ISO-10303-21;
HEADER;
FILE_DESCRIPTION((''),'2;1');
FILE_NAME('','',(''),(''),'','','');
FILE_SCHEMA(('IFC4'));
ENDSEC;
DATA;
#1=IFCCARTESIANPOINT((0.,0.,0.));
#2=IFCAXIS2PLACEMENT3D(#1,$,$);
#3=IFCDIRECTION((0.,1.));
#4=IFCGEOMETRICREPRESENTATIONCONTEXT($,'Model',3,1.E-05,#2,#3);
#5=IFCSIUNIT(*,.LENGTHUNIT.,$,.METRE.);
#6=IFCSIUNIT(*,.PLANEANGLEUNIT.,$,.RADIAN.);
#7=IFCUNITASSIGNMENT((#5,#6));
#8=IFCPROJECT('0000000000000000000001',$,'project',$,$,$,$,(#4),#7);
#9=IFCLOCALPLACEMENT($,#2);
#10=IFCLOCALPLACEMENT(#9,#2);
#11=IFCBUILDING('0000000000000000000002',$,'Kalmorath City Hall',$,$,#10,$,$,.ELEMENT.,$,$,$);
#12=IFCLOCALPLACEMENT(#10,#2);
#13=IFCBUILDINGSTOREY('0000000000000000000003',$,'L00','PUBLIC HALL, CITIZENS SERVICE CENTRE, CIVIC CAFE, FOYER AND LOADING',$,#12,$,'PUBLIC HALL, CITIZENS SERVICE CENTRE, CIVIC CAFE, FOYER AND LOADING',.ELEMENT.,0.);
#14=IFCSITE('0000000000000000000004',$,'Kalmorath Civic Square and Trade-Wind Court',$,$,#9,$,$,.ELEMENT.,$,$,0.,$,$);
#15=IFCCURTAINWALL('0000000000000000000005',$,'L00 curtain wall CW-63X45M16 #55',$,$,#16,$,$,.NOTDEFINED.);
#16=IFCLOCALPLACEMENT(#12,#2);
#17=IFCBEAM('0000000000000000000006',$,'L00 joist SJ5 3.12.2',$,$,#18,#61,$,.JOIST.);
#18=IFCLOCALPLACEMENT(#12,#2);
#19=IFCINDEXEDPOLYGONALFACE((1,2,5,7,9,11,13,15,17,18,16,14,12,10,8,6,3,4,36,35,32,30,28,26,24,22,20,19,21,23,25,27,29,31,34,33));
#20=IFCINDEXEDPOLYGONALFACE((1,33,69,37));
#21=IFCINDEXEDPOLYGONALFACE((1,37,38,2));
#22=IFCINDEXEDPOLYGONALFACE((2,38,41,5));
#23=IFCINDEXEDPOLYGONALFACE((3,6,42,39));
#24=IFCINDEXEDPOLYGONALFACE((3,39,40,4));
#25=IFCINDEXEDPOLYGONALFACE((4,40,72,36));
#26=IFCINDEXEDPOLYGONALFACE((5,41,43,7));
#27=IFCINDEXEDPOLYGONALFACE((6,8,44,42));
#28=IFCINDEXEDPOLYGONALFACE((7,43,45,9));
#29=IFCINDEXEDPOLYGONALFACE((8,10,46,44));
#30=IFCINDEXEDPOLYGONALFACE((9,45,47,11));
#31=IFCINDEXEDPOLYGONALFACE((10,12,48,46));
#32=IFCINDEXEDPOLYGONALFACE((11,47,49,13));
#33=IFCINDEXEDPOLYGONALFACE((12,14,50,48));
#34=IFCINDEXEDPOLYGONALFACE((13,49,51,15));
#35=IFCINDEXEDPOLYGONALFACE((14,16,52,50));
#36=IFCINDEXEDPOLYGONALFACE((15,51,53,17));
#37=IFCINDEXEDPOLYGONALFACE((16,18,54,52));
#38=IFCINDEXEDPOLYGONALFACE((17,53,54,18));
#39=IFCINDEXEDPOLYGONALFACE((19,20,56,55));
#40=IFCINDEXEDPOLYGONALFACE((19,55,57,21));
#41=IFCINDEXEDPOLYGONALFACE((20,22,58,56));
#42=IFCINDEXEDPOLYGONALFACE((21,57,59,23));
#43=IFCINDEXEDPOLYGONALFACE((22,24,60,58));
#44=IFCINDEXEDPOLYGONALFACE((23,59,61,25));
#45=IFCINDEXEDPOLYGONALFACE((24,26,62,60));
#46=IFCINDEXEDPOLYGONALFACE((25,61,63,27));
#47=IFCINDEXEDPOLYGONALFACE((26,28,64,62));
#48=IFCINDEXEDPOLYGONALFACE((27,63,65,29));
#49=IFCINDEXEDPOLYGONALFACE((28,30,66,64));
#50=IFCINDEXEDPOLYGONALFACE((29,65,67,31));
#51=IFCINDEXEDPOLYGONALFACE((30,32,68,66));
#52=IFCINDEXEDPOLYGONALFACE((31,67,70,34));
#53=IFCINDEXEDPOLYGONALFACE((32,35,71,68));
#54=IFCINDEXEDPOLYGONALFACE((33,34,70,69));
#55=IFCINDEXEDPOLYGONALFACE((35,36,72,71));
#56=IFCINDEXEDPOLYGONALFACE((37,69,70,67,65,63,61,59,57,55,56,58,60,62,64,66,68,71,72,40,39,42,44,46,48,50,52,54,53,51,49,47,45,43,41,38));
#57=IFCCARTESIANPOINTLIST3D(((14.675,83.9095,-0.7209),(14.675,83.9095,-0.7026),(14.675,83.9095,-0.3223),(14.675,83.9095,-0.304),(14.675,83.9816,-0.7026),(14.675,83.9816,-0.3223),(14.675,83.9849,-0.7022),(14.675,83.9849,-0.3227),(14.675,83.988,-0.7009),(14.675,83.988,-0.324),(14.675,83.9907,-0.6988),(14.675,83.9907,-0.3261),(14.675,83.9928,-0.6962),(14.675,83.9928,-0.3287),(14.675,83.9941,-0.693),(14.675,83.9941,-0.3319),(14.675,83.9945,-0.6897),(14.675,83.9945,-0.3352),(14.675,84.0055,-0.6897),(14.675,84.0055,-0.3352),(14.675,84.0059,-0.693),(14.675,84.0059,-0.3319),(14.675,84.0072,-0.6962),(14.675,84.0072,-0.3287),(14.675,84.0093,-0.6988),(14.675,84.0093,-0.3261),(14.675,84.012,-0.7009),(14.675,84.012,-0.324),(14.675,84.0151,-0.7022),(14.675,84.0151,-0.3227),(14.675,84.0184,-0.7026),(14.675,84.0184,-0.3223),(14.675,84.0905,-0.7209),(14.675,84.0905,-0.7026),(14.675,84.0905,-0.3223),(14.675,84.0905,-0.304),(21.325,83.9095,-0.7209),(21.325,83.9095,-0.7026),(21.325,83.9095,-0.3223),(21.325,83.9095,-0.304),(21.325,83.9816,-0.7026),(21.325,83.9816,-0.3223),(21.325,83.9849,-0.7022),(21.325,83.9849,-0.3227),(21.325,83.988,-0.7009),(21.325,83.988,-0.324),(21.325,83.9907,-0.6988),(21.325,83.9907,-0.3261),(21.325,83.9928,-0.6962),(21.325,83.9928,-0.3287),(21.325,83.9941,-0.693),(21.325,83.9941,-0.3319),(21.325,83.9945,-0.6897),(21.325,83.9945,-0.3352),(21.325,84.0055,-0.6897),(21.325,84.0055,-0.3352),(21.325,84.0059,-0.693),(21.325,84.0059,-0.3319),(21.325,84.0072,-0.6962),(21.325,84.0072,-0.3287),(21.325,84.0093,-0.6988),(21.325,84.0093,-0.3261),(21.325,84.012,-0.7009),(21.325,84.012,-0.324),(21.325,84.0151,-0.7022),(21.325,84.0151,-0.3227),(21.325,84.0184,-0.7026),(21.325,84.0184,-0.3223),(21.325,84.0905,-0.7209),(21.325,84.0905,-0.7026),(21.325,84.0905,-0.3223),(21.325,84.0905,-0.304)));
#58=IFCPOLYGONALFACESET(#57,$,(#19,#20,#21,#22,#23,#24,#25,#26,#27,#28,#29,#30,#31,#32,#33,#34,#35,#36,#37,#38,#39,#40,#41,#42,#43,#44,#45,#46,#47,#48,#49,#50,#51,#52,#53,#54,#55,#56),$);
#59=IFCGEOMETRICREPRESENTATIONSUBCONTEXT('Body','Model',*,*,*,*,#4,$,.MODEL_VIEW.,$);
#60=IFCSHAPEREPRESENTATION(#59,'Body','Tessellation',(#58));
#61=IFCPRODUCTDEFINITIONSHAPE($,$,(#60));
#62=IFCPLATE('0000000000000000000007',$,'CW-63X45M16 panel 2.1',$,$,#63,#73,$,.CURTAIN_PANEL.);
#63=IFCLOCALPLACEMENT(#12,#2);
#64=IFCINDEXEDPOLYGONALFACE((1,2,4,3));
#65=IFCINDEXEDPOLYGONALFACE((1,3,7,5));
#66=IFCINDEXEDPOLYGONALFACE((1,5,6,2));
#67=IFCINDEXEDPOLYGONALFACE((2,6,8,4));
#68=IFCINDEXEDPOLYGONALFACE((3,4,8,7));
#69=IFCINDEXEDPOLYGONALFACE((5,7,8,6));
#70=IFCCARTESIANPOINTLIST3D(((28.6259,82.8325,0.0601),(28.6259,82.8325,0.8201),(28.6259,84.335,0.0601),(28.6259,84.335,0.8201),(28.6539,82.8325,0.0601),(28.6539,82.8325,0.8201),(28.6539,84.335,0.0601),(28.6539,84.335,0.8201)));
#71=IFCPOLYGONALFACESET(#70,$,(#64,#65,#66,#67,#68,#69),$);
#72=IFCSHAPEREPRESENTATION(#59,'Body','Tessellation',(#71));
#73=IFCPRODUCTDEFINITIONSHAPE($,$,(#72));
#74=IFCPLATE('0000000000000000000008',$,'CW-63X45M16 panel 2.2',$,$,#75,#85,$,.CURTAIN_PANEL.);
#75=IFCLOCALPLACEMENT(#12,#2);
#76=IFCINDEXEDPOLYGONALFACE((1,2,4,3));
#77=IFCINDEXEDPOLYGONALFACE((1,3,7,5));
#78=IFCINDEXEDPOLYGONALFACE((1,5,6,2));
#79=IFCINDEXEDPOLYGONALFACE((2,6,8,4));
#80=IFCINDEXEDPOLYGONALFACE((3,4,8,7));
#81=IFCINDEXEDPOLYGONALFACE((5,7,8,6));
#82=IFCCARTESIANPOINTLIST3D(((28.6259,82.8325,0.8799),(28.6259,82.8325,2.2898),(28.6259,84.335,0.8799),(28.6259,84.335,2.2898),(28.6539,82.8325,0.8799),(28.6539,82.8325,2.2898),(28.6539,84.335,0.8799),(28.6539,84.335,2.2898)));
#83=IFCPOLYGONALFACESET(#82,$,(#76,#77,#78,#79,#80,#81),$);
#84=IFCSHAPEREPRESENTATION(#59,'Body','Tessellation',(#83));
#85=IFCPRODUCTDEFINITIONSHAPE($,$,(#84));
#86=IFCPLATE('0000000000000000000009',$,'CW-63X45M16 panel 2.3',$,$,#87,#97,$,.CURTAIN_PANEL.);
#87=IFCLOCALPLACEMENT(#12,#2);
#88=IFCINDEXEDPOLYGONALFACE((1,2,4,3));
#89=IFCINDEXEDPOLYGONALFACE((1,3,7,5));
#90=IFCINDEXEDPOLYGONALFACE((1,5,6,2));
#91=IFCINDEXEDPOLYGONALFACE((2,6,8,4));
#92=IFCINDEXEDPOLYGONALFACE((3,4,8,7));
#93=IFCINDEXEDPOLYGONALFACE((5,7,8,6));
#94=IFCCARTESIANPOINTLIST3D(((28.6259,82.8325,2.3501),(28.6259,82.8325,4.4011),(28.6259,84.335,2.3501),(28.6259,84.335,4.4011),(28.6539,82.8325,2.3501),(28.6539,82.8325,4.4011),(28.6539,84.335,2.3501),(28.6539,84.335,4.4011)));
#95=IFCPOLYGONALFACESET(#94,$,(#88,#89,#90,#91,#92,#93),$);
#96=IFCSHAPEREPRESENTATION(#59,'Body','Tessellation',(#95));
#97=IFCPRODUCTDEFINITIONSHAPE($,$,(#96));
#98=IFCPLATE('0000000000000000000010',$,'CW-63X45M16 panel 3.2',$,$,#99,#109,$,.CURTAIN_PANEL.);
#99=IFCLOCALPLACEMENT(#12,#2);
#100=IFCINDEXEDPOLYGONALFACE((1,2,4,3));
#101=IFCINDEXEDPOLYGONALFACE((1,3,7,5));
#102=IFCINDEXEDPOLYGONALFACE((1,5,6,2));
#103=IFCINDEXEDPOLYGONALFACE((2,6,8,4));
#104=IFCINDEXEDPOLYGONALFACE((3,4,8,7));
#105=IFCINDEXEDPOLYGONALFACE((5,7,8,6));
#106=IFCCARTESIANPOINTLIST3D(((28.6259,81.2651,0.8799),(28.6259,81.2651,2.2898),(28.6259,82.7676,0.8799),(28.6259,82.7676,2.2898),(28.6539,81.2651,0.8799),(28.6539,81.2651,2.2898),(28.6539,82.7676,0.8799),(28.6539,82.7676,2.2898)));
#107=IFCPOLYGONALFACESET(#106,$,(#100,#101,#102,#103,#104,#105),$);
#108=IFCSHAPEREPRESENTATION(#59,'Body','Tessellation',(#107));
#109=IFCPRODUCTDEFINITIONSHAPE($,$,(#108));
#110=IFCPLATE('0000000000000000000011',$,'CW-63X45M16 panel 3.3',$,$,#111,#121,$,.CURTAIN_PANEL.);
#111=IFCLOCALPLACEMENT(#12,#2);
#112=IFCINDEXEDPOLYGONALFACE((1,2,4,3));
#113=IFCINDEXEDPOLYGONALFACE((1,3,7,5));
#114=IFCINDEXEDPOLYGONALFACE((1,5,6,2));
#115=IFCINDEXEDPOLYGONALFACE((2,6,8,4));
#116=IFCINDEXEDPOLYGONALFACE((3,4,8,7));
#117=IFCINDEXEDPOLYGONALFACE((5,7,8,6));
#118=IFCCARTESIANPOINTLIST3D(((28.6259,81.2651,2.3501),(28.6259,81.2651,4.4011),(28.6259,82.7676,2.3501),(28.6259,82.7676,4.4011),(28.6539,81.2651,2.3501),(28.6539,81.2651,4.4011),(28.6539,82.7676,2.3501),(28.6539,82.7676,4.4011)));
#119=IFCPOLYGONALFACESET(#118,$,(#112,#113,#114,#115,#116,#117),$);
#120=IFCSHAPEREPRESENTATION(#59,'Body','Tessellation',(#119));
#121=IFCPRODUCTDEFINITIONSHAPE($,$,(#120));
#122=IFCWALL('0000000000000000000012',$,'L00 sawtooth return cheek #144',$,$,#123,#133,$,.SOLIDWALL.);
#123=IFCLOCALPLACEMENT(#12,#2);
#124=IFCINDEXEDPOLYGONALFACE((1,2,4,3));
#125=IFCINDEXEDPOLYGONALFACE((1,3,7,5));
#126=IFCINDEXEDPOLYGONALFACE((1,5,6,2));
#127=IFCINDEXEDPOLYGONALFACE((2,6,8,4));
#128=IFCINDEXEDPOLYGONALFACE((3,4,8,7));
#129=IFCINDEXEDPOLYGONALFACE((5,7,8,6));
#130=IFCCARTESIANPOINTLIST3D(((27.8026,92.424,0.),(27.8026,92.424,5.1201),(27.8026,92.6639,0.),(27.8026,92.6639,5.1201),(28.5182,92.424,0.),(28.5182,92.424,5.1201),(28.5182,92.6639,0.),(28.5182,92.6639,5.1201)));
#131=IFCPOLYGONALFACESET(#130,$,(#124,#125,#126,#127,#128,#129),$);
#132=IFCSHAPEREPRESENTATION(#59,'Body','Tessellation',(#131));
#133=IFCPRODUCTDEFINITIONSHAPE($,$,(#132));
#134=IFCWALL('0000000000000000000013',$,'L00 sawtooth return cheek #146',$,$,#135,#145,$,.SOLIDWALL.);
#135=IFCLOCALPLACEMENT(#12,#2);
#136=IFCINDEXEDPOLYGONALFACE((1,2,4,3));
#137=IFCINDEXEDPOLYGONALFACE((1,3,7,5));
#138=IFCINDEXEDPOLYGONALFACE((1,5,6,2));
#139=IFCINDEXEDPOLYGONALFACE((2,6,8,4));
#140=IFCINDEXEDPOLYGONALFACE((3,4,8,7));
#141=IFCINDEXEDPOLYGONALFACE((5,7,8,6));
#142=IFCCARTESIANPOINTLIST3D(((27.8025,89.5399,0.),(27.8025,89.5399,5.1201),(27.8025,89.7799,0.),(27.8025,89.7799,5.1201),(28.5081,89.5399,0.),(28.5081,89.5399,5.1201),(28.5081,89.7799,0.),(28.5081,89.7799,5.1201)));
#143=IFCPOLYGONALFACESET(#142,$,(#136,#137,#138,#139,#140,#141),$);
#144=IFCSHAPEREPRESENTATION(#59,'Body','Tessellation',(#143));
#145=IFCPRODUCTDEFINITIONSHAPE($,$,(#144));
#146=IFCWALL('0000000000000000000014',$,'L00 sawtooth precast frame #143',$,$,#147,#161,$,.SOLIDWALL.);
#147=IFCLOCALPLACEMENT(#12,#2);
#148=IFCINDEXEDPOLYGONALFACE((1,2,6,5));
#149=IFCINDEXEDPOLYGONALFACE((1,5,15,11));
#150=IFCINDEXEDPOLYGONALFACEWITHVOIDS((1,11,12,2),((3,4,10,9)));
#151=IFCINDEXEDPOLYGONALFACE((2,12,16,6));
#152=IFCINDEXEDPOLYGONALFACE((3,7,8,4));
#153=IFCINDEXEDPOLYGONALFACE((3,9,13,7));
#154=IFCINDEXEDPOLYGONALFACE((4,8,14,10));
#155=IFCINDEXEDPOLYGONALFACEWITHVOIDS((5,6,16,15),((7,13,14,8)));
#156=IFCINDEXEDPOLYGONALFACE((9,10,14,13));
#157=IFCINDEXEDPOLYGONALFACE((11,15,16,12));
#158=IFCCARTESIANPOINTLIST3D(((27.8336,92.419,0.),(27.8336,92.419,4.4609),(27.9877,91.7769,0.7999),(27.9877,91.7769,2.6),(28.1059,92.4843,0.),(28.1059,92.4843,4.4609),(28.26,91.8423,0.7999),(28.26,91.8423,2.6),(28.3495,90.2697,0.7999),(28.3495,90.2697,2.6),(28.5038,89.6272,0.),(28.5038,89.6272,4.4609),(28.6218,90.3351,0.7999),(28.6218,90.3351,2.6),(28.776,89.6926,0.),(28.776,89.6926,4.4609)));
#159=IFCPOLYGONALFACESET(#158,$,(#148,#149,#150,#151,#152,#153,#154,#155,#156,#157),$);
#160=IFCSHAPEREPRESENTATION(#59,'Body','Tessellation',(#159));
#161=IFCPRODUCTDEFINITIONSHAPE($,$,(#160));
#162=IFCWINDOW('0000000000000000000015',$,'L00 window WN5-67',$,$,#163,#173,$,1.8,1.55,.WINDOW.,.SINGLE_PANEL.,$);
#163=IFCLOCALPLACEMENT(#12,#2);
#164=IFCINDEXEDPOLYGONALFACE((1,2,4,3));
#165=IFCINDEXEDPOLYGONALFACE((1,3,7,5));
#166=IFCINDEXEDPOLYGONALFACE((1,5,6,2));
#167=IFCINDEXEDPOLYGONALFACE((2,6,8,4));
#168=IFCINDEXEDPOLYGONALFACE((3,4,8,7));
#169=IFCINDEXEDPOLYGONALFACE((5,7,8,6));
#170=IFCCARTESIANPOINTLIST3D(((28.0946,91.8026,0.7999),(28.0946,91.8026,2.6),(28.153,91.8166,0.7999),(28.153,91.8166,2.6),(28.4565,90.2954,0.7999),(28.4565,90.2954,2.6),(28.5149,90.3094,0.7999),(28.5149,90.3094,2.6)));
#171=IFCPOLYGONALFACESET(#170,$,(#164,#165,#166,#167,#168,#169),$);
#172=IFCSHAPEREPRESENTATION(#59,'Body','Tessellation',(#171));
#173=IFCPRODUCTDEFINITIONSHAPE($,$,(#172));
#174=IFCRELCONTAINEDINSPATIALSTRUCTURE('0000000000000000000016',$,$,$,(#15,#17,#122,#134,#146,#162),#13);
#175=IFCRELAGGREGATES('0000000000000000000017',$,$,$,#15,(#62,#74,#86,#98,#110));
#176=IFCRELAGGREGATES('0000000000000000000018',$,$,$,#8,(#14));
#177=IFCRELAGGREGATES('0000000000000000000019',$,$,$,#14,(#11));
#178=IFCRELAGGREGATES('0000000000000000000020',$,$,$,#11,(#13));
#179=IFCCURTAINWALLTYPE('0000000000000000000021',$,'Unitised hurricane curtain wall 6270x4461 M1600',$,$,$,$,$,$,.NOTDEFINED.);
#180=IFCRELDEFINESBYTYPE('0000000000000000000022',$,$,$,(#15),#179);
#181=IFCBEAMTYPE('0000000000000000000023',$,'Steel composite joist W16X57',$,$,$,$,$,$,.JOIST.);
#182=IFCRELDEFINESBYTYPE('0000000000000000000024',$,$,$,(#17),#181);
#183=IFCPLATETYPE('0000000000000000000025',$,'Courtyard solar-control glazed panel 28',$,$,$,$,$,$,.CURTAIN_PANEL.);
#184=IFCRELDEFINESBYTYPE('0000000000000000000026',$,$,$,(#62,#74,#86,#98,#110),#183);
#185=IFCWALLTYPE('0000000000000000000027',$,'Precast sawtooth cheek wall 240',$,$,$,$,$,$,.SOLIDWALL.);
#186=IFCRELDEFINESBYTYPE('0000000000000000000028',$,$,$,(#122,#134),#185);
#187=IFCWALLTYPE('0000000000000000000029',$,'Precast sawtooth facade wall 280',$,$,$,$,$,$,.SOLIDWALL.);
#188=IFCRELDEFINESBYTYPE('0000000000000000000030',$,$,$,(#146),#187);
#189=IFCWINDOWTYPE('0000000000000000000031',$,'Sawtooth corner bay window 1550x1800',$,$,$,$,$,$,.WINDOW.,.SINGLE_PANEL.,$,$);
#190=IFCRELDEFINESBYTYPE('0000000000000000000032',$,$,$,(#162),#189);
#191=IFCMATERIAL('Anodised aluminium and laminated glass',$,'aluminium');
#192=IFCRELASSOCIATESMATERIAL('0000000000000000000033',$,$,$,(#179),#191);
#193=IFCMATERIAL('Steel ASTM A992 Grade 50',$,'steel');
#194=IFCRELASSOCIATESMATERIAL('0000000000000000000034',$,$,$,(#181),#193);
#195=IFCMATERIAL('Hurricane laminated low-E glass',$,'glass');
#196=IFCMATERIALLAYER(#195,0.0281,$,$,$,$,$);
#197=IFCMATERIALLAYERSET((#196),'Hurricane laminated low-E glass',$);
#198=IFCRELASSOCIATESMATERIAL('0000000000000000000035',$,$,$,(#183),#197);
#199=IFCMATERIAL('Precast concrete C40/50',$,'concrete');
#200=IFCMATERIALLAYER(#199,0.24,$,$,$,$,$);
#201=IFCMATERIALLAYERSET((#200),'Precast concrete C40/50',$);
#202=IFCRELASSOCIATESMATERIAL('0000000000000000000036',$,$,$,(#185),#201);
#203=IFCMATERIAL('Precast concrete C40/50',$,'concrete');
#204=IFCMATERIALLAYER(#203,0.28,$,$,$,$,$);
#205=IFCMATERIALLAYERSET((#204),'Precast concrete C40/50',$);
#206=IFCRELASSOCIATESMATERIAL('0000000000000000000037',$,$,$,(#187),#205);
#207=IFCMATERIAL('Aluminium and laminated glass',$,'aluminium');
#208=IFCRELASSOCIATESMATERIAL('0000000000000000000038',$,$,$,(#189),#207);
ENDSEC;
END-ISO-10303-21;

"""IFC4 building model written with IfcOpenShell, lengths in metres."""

from ifc_helpers import new_model, si_unit, direction, frame, frame_2d, origin, origin_2d, place, context, subcontext, project, spatial, rectangle, i_section, extrude, material, layer, layer_set, material_profile, profile_set, type_object, element, fill, aggregate, save


model = new_model("IFC4")

# Units and contexts
model_context = context("Model", 3, precision=1e-05, world=origin(), true_north=direction((0.0, 1.0)))
body_context = subcontext(model_context, "Body", "Model", "MODEL_VIEW")
ifc_project = project(units=[si_unit("LENGTHUNIT", "METRE"), si_unit("PLANEANGLEUNIT", "RADIAN")], contexts=[model_context])

# Site, building, storey
site_placement = place(None, origin())
site = spatial("IfcSite", under=ifc_project, at=site_placement, Name="Kalmorath Civic Square and Trade-Wind Court", CompositionType="ELEMENT", RefElevation=0.0)
building_placement = place(site_placement, origin())
building = spatial("IfcBuilding", under=site, at=building_placement, Name="Kalmorath City Hall", CompositionType="ELEMENT")
storey_placement = place(building_placement, origin())
storey = spatial("IfcBuildingStorey", under=building, at=storey_placement, Name="L00", Description="PUBLIC HALL, CITIZENS SERVICE CENTRE, CIVIC CAFE, FOYER AND LOADING", LongName="PUBLIC HALL, CITIZENS SERVICE CENTRE, CIVIC CAFE, FOYER AND LOADING", CompositionType="ELEMENT", Elevation=0.0)

# Curtain wall
ifc_material_1 = material(Name="Anodised aluminium and laminated glass", Category="aluminium")
curtain_wall_type = type_object("IfcCurtainWallType", Name="Unitised hurricane curtain wall 6270x4461 M1600", PredefinedType="NOTDEFINED", material=ifc_material_1)
curtain_wall_placement = place(storey_placement, origin())
curtain_wall = element("IfcCurtainWall", 1, at=curtain_wall_placement, inside=storey, type_object=curtain_wall_type, Name="L00 curtain wall CW-63X45M16 #55", PredefinedType="NOTDEFINED")

# Beam
ifc_material_2 = material(Name="Steel ASTM A992 Grade 50", Category="steel")
ifc_material_profile_1 = material_profile(ifc_material_2, i_section(OverallWidth=0.1809, OverallDepth=0.417, WebThickness=0.011, FlangeThickness=0.0183, FilletRadius=0.0129, at=origin_2d()), Name="W16X57")
ifc_profile_set_1 = profile_set([ifc_material_profile_1], Name="Steel ASTM A992 Grade 50")
beam_type_1 = type_object("IfcBeamType", Name="Steel composite joist W16X57", PredefinedType="JOIST", material=ifc_profile_set_1)
beam_1_placement = place(storey_placement, frame((14.675, 84.0, -0.5125), z_axis=(1.0, 0.0, 0.0), x_axis=(0.0, 1.0, 0.0)))
element("IfcBeam", 2, at=beam_1_placement, inside=storey, type_object=beam_type_1, Name="L00 joist SJ5 3.12.2", PredefinedType="JOIST", context=body_context, shape_type="SweptSolid", body=[
    extrude(i_section(OverallWidth=0.1809, OverallDepth=0.417, WebThickness=0.011, FlangeThickness=0.0183, FilletRadius=0.0129, at=origin_2d()), origin(), (0.0, 0.0, 1.0), 6.6499),
])

# Plates
ifc_material_3 = material(Name="Hurricane laminated low-E glass", Category="glass")
ifc_layer_1 = layer(ifc_material_3, 0.0281)
ifc_layer_set_1 = layer_set([ifc_layer_1], Name="Hurricane laminated low-E glass")
plate_type = type_object("IfcPlateType", Name="Courtyard solar-control glazed panel 28", PredefinedType="CURTAIN_PANEL", material=ifc_layer_set_1)
plate_1_placement = place(storey_placement, frame((28.6399, 83.5837, 0.0601), z_axis=(0.0, 0.0, 1.0), x_axis=(0.0, -1.0, 0.0)))
plate_1 = element("IfcPlate", 3, at=plate_1_placement, type_object=plate_type, Name="CW-63X45M16 panel 2.1", PredefinedType="CURTAIN_PANEL", context=body_context, shape_type="SweptSolid", body=[
    extrude(rectangle(XDim=1.5024, YDim=0.0281, at=origin_2d()), origin(), (0.0, 0.0, 1.0), 0.76),
])
plate_2_placement = place(storey_placement, frame((28.6399, 83.5837, 0.8799), z_axis=(0.0, 0.0, 1.0), x_axis=(0.0, -1.0, 0.0)))
plate_2 = element("IfcPlate", 4, at=plate_2_placement, type_object=plate_type, Name="CW-63X45M16 panel 2.2", PredefinedType="CURTAIN_PANEL", context=body_context, shape_type="SweptSolid", body=[
    extrude(rectangle(XDim=1.5024, YDim=0.0281, at=origin_2d()), origin(), (0.0, 0.0, 1.0), 1.4099),
])
plate_3_placement = place(storey_placement, frame((28.6399, 83.5837, 2.3501), z_axis=(0.0, 0.0, 1.0), x_axis=(0.0, -1.0, 0.0)))
plate_3 = element("IfcPlate", 5, at=plate_3_placement, type_object=plate_type, Name="CW-63X45M16 panel 2.3", PredefinedType="CURTAIN_PANEL", context=body_context, shape_type="SweptSolid", body=[
    extrude(rectangle(XDim=1.5024, YDim=0.0281, at=origin_2d()), origin(), (0.0, 0.0, 1.0), 2.051),
])
plate_4_placement = place(storey_placement, frame((28.6399, 82.0164, 0.8799), z_axis=(0.0, 0.0, 1.0), x_axis=(0.0, -1.0, 0.0)))
plate_4 = element("IfcPlate", 6, at=plate_4_placement, type_object=plate_type, Name="CW-63X45M16 panel 3.2", PredefinedType="CURTAIN_PANEL", context=body_context, shape_type="SweptSolid", body=[
    extrude(rectangle(XDim=1.5024, YDim=0.0281, at=origin_2d()), origin(), (0.0, 0.0, 1.0), 1.4099),
])
plate_5_placement = place(storey_placement, frame((28.6399, 82.0164, 2.3501), z_axis=(0.0, 0.0, 1.0), x_axis=(0.0, -1.0, 0.0)))
plate_5 = element("IfcPlate", 7, at=plate_5_placement, type_object=plate_type, Name="CW-63X45M16 panel 3.3", PredefinedType="CURTAIN_PANEL", context=body_context, shape_type="SweptSolid", body=[
    extrude(rectangle(XDim=1.5024, YDim=0.0281, at=origin_2d()), origin(), (0.0, 0.0, 1.0), 2.051),
])
aggregate(curtain_wall, [plate_1, plate_2, plate_3, plate_4, plate_5])

# Walls
ifc_material_4 = material(Name="Precast concrete C40/50", Category="concrete")
ifc_layer_2 = layer(ifc_material_4, 0.24)
ifc_layer_set_2 = layer_set([ifc_layer_2], Name="Precast concrete C40/50")
wall_type_1 = type_object("IfcWallType", Name="Precast sawtooth cheek wall 240", PredefinedType="SOLIDWALL", material=ifc_layer_set_2)
wall_1_placement = place(storey_placement, frame((27.8025, 92.5439, 0.0), z_axis=(0.0, 0.0, 1.0), x_axis=(1.0, 0.0, 0.0)))
element("IfcWall", 8, at=wall_1_placement, inside=storey, type_object=wall_type_1, Name="L00 sawtooth return cheek #144", PredefinedType="SOLIDWALL", context=body_context, shape_type="SweptSolid", body=[
    extrude(rectangle(XDim=0.7156, YDim=0.24, at=frame_2d((0.3579, 0.0))), origin(), (0.0, 0.0, 1.0), 5.1201),
])
wall_2_placement = place(storey_placement, frame((27.8025, 89.6599, 0.0), z_axis=(0.0, 0.0, 1.0), x_axis=(1.0, 0.0, 0.0)))
element("IfcWall", 9, at=wall_2_placement, inside=storey, type_object=wall_type_1, Name="L00 sawtooth return cheek #146", PredefinedType="SOLIDWALL", context=body_context, shape_type="SweptSolid", body=[
    extrude(rectangle(XDim=0.7056, YDim=0.24, at=frame_2d((0.3528, 0.0))), origin(), (0.0, 0.0, 1.0), 5.1201),
])

# Wall, opening, window
ifc_material_5 = material(Name="Precast concrete C40/50", Category="concrete")
ifc_layer_3 = layer(ifc_material_5, 0.28)
ifc_layer_set_3 = layer_set([ifc_layer_3], Name="Precast concrete C40/50")
wall_type_2 = type_object("IfcWallType", Name="Precast sawtooth facade wall 280", PredefinedType="SOLIDWALL", material=ifc_layer_set_3)
wall_3_placement = place(storey_placement, frame((27.9697, 92.4517, 0.0), z_axis=(0.0, 0.0, 1.0), x_axis=(0.233421, -0.972376, 0.0)))
wall_3 = element("IfcWall", 10, at=wall_3_placement, inside=storey, type_object=wall_type_2, Name="L00 sawtooth precast frame #143", PredefinedType="SOLIDWALL", context=body_context, shape_type="SweptSolid", body=[
    extrude(rectangle(XDim=2.8711, YDim=0.28, at=frame_2d((1.4355, 0.0))), origin(), (0.0, 0.0, 1.0), 4.4609),
])
opening_1_placement = place(wall_3_placement, frame((0.6604, 0.0, 0.8)))
opening_1 = element("IfcOpeningElement", 11, at=opening_1_placement, cuts=wall_3, PredefinedType="OPENING", context=body_context, shape_type="SweptSolid", body=[
    extrude(rectangle(XDim=1.55, YDim=1.8, at=frame_2d((0.7749, 0.8999))), frame((0.0, 0.1499, 0.0), z_axis=(0.0, -1.0, 0.0), x_axis=(1.0, 0.0, 0.0)), (0.0, 0.0, 1.0), 0.3),
])
ifc_material_6 = material(Name="Aluminium and laminated glass", Category="aluminium")
window_type = type_object("IfcWindowType", Name="Sawtooth corner bay window 1550x1800", PartitioningType="SINGLE_PANEL", PredefinedType="WINDOW", material=ifc_material_6)
window_1_placement = place(opening_1_placement, origin())
window_1 = element("IfcWindow", 12, at=window_1_placement, inside=storey, type_object=window_type, Name="L00 window WN5-67", OverallHeight=1.8, OverallWidth=1.55, PartitioningType="SINGLE_PANEL", PredefinedType="WINDOW", context=body_context, shape_type="SweptSolid", body=[
    extrude(rectangle(XDim=1.55, YDim=1.8, at=frame_2d((0.7749, 0.8999))), frame((0.0, 0.03, 0.0), z_axis=(0.0, -1.0, 0.0), x_axis=(1.0, 0.0, 0.0)), (0.0, 0.0, 1.0), 0.0601),
])
fill(opening_1, window_1)

save(model, "model.ifc")
